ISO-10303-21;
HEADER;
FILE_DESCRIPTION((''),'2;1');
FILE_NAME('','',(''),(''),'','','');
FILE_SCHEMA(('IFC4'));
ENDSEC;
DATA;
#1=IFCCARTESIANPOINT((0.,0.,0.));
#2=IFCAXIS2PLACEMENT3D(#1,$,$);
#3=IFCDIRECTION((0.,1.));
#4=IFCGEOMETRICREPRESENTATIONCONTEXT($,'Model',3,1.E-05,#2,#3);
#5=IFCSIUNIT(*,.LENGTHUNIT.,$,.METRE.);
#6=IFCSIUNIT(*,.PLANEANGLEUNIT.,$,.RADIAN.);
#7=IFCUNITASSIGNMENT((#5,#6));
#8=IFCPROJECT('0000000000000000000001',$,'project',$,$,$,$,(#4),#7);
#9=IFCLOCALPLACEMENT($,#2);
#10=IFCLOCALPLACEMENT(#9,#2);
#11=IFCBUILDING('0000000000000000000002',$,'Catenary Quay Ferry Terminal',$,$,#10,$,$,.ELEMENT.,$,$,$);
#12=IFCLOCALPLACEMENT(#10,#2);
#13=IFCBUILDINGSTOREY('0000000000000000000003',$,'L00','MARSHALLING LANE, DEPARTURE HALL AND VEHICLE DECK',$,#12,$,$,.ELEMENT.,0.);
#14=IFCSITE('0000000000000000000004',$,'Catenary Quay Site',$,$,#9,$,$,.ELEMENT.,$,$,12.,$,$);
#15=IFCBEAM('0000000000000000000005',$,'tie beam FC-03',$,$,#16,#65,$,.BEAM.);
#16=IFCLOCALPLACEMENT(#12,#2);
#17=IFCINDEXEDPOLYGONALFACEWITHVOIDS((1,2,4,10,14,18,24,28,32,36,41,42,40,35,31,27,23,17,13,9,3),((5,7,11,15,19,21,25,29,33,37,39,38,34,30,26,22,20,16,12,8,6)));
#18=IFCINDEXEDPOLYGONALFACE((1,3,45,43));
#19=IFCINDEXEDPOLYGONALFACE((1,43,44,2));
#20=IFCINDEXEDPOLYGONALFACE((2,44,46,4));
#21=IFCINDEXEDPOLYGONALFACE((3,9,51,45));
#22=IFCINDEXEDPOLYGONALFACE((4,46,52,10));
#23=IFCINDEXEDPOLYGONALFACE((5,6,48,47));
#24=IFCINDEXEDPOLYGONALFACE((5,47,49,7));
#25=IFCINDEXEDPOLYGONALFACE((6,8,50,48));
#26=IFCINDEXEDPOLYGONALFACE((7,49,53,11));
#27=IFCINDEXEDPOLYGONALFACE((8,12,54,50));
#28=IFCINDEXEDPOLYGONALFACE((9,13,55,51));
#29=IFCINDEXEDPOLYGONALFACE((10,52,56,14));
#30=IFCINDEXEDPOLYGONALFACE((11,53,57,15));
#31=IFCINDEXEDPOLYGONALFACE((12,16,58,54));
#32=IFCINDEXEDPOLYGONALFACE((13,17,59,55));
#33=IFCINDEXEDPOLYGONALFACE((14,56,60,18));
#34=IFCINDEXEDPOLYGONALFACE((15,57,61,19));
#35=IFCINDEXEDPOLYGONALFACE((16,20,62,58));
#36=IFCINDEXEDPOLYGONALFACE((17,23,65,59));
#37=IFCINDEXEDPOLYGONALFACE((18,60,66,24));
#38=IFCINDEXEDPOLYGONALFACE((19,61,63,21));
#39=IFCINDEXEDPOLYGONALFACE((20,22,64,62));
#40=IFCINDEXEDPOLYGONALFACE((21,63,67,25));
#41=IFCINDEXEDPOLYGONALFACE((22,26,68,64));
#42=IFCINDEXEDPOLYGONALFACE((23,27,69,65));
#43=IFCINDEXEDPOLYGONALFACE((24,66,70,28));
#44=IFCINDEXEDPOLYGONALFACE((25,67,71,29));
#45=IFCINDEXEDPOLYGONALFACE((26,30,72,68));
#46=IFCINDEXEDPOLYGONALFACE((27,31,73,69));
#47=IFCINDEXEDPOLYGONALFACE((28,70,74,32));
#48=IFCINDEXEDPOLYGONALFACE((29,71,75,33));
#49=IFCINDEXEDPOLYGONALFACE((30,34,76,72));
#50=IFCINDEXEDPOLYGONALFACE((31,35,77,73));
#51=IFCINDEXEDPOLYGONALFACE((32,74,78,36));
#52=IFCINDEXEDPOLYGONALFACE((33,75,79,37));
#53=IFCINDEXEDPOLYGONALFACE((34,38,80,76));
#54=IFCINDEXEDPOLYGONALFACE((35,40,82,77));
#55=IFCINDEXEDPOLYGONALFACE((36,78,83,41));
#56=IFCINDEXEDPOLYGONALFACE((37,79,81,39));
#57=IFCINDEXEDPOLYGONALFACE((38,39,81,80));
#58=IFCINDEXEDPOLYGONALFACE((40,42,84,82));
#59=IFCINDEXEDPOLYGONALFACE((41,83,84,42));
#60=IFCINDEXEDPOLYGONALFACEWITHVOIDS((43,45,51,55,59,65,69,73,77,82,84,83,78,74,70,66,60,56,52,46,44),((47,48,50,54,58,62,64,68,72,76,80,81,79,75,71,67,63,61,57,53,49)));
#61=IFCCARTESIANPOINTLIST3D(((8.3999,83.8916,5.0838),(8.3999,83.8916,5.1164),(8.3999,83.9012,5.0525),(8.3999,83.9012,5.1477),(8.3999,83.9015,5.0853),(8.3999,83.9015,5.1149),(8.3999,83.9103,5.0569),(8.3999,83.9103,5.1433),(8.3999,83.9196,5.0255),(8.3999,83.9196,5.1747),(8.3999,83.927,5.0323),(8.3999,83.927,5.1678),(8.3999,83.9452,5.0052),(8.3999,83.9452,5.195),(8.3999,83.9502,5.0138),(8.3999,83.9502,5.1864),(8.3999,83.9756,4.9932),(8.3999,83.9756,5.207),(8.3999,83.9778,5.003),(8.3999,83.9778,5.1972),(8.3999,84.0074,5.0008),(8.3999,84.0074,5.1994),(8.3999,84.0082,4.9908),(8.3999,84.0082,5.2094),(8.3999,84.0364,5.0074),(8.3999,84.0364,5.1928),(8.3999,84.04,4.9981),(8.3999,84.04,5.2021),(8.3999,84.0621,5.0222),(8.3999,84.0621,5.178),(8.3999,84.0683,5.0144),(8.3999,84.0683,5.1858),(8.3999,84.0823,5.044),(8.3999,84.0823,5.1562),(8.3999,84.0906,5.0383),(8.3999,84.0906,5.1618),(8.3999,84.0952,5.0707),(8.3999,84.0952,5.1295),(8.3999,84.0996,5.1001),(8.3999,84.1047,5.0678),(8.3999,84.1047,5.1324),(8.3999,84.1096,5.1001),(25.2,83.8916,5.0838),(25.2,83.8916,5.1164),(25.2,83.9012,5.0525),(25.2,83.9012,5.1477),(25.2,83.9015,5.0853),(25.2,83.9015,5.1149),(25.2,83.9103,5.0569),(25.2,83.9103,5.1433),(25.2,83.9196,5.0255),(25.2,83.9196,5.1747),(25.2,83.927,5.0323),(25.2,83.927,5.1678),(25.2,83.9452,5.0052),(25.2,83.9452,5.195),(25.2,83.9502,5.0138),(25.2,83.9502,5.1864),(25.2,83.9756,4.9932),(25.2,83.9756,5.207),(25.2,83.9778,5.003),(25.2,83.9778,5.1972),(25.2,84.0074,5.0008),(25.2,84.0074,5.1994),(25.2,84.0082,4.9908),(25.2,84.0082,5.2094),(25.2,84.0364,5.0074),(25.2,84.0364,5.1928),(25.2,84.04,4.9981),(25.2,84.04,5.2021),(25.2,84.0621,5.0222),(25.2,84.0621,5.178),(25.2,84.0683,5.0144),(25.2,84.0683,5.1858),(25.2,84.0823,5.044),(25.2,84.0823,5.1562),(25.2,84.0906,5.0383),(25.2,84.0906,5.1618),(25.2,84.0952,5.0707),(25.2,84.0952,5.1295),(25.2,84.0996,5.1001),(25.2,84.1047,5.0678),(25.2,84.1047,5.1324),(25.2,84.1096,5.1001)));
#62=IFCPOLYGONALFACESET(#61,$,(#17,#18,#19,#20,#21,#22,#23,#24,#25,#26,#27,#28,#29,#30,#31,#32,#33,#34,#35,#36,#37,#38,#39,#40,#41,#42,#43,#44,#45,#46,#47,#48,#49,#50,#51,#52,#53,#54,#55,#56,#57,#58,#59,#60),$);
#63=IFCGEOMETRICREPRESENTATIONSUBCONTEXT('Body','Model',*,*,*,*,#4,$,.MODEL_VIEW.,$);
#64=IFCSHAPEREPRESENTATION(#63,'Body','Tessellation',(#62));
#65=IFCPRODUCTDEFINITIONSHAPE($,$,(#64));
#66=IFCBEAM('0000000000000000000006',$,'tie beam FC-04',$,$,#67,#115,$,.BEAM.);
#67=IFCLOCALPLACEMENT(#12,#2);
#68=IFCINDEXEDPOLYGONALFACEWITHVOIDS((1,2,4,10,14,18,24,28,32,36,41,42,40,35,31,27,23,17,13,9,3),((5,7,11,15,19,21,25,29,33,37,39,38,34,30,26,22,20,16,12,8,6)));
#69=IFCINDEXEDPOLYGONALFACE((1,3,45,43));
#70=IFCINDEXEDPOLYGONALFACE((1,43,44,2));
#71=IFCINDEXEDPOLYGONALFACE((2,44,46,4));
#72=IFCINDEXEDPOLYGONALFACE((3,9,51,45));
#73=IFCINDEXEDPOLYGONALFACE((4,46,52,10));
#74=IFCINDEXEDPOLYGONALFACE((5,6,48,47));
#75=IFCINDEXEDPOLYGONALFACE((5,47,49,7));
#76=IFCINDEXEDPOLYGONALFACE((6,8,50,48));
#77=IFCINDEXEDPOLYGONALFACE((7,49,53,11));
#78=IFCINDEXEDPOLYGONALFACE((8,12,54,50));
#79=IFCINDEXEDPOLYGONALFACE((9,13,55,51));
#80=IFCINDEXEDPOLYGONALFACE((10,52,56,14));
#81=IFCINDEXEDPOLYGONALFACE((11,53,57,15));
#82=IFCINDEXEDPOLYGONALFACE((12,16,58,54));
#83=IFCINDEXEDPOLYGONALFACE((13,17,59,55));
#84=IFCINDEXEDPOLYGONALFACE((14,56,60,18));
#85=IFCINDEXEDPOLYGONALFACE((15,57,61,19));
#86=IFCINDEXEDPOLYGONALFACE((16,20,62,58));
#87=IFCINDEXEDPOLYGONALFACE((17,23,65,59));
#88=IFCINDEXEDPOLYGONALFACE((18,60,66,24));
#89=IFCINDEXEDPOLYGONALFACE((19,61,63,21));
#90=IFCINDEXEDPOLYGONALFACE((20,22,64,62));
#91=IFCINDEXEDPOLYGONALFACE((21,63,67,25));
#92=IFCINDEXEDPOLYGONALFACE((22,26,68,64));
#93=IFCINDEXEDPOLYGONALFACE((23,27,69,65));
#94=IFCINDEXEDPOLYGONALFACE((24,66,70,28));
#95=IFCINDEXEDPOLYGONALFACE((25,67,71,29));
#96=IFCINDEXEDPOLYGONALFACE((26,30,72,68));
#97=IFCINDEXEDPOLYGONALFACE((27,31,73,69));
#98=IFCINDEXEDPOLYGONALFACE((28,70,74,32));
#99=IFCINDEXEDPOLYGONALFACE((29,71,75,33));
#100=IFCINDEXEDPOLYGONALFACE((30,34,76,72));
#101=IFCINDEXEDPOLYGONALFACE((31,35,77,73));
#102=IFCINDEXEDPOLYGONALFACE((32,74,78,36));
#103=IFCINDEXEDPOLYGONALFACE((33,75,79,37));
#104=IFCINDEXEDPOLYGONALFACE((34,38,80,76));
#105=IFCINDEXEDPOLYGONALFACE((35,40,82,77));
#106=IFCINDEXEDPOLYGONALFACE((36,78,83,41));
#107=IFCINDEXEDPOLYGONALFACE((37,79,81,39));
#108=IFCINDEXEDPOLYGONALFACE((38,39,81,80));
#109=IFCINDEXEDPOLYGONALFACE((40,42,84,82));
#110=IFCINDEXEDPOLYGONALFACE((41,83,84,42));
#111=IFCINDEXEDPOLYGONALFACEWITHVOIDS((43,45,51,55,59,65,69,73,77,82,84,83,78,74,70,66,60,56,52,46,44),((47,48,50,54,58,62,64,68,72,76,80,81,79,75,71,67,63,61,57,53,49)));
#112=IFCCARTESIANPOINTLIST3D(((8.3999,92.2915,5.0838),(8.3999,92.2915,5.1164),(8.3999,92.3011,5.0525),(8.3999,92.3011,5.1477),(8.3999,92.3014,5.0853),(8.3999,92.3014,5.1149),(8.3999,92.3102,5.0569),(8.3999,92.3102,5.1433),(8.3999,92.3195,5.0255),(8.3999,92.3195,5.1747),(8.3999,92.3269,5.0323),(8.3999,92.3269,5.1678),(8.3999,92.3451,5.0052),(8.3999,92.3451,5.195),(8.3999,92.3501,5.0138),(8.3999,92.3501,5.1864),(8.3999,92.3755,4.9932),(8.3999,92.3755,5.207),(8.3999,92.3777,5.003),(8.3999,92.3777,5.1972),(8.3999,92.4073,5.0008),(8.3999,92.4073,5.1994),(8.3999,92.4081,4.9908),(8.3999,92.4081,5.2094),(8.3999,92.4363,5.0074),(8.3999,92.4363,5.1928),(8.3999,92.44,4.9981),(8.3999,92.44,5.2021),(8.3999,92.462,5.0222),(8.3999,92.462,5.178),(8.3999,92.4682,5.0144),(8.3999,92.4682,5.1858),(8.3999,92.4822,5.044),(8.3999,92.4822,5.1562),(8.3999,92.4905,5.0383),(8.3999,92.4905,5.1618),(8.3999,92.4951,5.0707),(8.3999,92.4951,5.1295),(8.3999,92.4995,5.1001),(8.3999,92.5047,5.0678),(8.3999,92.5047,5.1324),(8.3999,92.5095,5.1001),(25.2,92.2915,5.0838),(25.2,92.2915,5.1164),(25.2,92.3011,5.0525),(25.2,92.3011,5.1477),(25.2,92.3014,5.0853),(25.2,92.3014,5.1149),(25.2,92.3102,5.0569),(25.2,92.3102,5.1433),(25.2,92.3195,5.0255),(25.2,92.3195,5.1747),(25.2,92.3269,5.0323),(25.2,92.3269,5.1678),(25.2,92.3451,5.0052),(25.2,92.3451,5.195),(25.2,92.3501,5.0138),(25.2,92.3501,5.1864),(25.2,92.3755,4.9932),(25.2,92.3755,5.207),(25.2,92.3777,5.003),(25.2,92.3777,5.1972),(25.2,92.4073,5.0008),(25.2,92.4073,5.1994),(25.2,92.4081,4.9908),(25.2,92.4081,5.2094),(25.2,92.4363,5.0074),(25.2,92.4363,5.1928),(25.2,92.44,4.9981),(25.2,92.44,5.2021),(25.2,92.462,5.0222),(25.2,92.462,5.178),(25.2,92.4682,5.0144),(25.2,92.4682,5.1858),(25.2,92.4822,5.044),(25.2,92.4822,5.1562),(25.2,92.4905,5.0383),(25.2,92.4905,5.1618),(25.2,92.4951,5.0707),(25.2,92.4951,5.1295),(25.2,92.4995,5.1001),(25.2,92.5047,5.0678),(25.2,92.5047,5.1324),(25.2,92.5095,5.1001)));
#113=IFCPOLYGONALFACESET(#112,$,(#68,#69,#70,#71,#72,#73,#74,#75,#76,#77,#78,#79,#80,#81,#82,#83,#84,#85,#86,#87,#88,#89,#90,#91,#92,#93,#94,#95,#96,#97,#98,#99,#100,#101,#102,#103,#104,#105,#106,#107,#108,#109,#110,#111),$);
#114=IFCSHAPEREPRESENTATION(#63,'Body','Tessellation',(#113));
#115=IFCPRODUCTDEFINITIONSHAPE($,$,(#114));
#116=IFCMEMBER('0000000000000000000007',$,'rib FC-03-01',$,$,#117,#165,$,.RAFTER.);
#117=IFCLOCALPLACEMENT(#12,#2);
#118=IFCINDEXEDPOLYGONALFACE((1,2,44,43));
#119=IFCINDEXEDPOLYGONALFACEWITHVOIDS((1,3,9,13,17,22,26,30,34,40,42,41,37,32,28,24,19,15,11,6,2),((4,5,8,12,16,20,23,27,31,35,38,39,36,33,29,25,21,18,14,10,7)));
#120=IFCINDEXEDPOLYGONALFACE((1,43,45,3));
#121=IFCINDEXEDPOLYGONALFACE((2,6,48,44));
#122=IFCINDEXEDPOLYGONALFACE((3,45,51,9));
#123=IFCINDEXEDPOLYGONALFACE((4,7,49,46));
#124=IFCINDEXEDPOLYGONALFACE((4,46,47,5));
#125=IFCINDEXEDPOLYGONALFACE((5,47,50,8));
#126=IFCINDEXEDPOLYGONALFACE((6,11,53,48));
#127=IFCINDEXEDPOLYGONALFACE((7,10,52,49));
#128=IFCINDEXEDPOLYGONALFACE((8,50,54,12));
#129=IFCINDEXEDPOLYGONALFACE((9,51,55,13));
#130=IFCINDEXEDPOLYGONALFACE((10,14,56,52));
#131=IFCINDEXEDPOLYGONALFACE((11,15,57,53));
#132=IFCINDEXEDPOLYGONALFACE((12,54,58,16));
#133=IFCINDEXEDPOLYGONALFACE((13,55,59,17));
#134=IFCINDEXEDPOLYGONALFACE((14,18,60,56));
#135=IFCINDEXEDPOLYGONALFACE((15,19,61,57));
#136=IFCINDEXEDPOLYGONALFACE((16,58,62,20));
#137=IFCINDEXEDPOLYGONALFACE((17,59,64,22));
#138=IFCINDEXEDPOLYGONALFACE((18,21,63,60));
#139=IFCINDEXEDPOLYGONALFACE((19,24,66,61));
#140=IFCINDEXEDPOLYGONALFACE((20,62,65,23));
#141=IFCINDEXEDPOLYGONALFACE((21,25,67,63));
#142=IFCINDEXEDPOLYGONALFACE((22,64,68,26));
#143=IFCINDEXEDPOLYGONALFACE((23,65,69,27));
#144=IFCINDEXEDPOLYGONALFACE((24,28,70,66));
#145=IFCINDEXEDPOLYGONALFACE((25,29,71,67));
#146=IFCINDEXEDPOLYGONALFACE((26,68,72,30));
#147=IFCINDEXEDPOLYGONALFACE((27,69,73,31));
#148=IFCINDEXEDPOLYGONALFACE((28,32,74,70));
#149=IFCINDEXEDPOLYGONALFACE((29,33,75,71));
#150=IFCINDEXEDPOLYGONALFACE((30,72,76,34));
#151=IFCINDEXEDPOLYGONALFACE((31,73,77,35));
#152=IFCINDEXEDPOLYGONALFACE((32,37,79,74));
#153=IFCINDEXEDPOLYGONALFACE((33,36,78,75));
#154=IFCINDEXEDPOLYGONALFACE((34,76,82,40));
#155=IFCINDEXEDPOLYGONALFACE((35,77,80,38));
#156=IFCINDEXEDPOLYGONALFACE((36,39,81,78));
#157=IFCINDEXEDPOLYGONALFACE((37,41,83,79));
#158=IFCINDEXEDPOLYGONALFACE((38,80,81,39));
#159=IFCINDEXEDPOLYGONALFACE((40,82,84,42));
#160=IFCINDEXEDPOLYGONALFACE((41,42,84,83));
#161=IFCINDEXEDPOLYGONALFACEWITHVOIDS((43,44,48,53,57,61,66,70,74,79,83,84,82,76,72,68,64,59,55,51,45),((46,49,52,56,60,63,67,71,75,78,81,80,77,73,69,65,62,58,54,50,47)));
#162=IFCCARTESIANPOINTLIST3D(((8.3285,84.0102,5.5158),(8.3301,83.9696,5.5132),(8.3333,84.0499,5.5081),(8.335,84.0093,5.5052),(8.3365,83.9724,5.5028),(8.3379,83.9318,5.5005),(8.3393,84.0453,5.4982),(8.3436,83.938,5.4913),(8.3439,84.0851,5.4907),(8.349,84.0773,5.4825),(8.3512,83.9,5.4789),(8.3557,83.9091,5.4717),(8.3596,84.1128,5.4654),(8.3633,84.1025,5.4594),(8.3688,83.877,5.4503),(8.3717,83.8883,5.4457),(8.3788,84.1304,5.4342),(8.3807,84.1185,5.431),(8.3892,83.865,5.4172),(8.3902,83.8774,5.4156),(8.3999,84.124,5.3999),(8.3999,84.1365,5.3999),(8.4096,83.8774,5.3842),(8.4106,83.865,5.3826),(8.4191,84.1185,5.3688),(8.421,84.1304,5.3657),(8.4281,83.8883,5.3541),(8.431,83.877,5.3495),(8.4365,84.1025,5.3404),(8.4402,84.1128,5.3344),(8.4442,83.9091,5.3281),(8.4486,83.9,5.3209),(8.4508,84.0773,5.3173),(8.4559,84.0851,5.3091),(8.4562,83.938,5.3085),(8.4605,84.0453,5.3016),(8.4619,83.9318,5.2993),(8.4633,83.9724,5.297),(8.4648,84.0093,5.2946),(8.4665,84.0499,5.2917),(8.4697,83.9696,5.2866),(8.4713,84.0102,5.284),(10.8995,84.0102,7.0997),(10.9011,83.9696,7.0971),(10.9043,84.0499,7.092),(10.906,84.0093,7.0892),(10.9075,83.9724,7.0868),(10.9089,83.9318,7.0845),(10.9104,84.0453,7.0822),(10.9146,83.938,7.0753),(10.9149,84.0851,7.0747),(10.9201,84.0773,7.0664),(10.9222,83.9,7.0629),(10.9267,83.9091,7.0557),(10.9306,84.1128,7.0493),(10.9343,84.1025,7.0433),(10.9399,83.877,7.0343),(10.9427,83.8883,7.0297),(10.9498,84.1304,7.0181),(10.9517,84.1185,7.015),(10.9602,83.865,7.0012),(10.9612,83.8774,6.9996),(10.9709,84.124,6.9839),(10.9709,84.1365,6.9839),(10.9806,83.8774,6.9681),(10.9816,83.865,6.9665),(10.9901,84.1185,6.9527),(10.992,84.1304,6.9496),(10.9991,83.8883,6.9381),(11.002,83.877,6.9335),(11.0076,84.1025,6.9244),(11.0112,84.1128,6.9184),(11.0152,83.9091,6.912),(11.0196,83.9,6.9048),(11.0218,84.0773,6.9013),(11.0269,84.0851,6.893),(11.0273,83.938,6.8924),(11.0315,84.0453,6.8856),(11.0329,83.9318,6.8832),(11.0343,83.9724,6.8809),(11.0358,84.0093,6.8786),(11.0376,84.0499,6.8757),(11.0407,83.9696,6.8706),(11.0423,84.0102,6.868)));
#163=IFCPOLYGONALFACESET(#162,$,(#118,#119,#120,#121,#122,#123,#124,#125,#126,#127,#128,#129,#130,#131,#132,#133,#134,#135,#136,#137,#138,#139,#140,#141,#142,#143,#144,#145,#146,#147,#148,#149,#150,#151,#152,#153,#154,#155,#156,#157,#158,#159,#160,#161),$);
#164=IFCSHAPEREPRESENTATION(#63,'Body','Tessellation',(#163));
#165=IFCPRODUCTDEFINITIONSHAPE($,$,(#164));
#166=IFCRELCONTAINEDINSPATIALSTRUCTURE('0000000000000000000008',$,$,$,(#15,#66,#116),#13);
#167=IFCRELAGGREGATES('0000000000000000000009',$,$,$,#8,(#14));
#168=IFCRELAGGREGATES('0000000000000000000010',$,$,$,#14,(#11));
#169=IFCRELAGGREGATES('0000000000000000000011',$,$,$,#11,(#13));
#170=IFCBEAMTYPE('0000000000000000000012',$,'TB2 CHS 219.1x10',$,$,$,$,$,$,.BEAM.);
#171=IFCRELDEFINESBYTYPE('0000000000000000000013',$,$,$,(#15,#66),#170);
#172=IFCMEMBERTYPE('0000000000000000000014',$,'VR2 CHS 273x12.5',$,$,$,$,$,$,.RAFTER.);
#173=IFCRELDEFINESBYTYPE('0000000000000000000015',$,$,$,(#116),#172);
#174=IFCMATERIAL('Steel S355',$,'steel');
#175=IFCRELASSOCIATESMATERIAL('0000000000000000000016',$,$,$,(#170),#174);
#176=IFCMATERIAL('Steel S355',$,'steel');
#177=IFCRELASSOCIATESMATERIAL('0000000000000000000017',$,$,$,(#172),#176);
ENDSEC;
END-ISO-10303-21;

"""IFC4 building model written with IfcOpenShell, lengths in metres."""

from ifc_helpers import new_model, si_unit, direction, frame, origin, origin_2d, place, context, subcontext, project, spatial, hollow_circle, extrude, material, material_profile, profile_set, type_object, element, save


model = new_model("IFC4")

# Units and contexts
model_context = context("Model", 3, precision=1e-05, world=origin(), true_north=direction((0.0, 1.0)))
body_context = subcontext(model_context, "Body", "Model", "MODEL_VIEW")
ifc_project = project(units=[si_unit("LENGTHUNIT", "METRE"), si_unit("PLANEANGLEUNIT", "RADIAN")], contexts=[model_context])

# Site, building, storey
site_placement = place(None, origin())
site = spatial("IfcSite", under=ifc_project, at=site_placement, Name="Catenary Quay Site", CompositionType="ELEMENT", RefElevation=12.0)
building_placement = place(site_placement, origin())
building = spatial("IfcBuilding", under=site, at=building_placement, Name="Catenary Quay Ferry Terminal", CompositionType="ELEMENT")
storey_placement = place(building_placement, origin())
storey = spatial("IfcBuildingStorey", under=building, at=storey_placement, Name="L00", Description="MARSHALLING LANE, DEPARTURE HALL AND VEHICLE DECK", CompositionType="ELEMENT", Elevation=0.0)

# Beams
ifc_material_1 = material(Name="Steel S355", Category="steel")
ifc_material_profile_1 = material_profile(ifc_material_1, hollow_circle(Radius=0.1096, WallThickness=0.01, at=origin_2d()), Name="CHS 219.1x10")
ifc_profile_set_1 = profile_set([ifc_material_profile_1], Name="Steel S355")
beam_type_1 = type_object("IfcBeamType", Name="TB2 CHS 219.1x10", PredefinedType="BEAM", material=ifc_profile_set_1)
for number, where, z_axis, x_axis, name in (
    (1, (8.3999, 84.0, 5.1001), (1.0, 0.0, 0.0), (0.0, 1.0, 0.0), "tie beam FC-03"),
    (2, (8.3999, 92.3999, 5.1001), (1.0, 0.0, 0.0), (0.0, 1.0, 0.0), "tie beam FC-04"),
):
    element("IfcBeam", number, at=place(storey_placement, frame(where, z_axis=z_axis, x_axis=x_axis)), inside=storey, type_object=beam_type_1, Name=name, PredefinedType="BEAM", context=body_context, shape_type="SweptSolid", body=[
        extrude(hollow_circle(Radius=0.1096, WallThickness=0.01, at=origin_2d()), origin(), (0.0, 0.0, 1.0), 16.8),
    ])

# Member
ifc_material_2 = material(Name="Steel S355", Category="steel")
ifc_material_profile_2 = material_profile(ifc_material_2, hollow_circle(Radius=0.1365, WallThickness=0.0125, at=origin_2d()), Name="CHS 273x12.5")
ifc_profile_set_2 = profile_set([ifc_material_profile_2], Name="Steel S355")
member_type_1 = type_object("IfcMemberType", Name="VR2 CHS 273x12.5", PredefinedType="RAFTER", material=ifc_profile_set_2)
for number, where, z_axis, x_axis, name in (
    (3, (8.3999, 84.0, 5.3999), (0.851392, 0.0, 0.52453), (0.0, 1.0, 0.0), "rib FC-03-01"),
):
    element("IfcMember", number, at=place(storey_placement, frame(where, z_axis=z_axis, x_axis=x_axis)), inside=storey, type_object=member_type_1, Name=name, PredefinedType="RAFTER", context=body_context, shape_type="SweptSolid", body=[
        extrude(hollow_circle(Radius=0.1365, WallThickness=0.0125, at=origin_2d()), origin(), (0.0, 0.0, 1.0), 3.0198),
    ])

save(model, "model.ifc")
